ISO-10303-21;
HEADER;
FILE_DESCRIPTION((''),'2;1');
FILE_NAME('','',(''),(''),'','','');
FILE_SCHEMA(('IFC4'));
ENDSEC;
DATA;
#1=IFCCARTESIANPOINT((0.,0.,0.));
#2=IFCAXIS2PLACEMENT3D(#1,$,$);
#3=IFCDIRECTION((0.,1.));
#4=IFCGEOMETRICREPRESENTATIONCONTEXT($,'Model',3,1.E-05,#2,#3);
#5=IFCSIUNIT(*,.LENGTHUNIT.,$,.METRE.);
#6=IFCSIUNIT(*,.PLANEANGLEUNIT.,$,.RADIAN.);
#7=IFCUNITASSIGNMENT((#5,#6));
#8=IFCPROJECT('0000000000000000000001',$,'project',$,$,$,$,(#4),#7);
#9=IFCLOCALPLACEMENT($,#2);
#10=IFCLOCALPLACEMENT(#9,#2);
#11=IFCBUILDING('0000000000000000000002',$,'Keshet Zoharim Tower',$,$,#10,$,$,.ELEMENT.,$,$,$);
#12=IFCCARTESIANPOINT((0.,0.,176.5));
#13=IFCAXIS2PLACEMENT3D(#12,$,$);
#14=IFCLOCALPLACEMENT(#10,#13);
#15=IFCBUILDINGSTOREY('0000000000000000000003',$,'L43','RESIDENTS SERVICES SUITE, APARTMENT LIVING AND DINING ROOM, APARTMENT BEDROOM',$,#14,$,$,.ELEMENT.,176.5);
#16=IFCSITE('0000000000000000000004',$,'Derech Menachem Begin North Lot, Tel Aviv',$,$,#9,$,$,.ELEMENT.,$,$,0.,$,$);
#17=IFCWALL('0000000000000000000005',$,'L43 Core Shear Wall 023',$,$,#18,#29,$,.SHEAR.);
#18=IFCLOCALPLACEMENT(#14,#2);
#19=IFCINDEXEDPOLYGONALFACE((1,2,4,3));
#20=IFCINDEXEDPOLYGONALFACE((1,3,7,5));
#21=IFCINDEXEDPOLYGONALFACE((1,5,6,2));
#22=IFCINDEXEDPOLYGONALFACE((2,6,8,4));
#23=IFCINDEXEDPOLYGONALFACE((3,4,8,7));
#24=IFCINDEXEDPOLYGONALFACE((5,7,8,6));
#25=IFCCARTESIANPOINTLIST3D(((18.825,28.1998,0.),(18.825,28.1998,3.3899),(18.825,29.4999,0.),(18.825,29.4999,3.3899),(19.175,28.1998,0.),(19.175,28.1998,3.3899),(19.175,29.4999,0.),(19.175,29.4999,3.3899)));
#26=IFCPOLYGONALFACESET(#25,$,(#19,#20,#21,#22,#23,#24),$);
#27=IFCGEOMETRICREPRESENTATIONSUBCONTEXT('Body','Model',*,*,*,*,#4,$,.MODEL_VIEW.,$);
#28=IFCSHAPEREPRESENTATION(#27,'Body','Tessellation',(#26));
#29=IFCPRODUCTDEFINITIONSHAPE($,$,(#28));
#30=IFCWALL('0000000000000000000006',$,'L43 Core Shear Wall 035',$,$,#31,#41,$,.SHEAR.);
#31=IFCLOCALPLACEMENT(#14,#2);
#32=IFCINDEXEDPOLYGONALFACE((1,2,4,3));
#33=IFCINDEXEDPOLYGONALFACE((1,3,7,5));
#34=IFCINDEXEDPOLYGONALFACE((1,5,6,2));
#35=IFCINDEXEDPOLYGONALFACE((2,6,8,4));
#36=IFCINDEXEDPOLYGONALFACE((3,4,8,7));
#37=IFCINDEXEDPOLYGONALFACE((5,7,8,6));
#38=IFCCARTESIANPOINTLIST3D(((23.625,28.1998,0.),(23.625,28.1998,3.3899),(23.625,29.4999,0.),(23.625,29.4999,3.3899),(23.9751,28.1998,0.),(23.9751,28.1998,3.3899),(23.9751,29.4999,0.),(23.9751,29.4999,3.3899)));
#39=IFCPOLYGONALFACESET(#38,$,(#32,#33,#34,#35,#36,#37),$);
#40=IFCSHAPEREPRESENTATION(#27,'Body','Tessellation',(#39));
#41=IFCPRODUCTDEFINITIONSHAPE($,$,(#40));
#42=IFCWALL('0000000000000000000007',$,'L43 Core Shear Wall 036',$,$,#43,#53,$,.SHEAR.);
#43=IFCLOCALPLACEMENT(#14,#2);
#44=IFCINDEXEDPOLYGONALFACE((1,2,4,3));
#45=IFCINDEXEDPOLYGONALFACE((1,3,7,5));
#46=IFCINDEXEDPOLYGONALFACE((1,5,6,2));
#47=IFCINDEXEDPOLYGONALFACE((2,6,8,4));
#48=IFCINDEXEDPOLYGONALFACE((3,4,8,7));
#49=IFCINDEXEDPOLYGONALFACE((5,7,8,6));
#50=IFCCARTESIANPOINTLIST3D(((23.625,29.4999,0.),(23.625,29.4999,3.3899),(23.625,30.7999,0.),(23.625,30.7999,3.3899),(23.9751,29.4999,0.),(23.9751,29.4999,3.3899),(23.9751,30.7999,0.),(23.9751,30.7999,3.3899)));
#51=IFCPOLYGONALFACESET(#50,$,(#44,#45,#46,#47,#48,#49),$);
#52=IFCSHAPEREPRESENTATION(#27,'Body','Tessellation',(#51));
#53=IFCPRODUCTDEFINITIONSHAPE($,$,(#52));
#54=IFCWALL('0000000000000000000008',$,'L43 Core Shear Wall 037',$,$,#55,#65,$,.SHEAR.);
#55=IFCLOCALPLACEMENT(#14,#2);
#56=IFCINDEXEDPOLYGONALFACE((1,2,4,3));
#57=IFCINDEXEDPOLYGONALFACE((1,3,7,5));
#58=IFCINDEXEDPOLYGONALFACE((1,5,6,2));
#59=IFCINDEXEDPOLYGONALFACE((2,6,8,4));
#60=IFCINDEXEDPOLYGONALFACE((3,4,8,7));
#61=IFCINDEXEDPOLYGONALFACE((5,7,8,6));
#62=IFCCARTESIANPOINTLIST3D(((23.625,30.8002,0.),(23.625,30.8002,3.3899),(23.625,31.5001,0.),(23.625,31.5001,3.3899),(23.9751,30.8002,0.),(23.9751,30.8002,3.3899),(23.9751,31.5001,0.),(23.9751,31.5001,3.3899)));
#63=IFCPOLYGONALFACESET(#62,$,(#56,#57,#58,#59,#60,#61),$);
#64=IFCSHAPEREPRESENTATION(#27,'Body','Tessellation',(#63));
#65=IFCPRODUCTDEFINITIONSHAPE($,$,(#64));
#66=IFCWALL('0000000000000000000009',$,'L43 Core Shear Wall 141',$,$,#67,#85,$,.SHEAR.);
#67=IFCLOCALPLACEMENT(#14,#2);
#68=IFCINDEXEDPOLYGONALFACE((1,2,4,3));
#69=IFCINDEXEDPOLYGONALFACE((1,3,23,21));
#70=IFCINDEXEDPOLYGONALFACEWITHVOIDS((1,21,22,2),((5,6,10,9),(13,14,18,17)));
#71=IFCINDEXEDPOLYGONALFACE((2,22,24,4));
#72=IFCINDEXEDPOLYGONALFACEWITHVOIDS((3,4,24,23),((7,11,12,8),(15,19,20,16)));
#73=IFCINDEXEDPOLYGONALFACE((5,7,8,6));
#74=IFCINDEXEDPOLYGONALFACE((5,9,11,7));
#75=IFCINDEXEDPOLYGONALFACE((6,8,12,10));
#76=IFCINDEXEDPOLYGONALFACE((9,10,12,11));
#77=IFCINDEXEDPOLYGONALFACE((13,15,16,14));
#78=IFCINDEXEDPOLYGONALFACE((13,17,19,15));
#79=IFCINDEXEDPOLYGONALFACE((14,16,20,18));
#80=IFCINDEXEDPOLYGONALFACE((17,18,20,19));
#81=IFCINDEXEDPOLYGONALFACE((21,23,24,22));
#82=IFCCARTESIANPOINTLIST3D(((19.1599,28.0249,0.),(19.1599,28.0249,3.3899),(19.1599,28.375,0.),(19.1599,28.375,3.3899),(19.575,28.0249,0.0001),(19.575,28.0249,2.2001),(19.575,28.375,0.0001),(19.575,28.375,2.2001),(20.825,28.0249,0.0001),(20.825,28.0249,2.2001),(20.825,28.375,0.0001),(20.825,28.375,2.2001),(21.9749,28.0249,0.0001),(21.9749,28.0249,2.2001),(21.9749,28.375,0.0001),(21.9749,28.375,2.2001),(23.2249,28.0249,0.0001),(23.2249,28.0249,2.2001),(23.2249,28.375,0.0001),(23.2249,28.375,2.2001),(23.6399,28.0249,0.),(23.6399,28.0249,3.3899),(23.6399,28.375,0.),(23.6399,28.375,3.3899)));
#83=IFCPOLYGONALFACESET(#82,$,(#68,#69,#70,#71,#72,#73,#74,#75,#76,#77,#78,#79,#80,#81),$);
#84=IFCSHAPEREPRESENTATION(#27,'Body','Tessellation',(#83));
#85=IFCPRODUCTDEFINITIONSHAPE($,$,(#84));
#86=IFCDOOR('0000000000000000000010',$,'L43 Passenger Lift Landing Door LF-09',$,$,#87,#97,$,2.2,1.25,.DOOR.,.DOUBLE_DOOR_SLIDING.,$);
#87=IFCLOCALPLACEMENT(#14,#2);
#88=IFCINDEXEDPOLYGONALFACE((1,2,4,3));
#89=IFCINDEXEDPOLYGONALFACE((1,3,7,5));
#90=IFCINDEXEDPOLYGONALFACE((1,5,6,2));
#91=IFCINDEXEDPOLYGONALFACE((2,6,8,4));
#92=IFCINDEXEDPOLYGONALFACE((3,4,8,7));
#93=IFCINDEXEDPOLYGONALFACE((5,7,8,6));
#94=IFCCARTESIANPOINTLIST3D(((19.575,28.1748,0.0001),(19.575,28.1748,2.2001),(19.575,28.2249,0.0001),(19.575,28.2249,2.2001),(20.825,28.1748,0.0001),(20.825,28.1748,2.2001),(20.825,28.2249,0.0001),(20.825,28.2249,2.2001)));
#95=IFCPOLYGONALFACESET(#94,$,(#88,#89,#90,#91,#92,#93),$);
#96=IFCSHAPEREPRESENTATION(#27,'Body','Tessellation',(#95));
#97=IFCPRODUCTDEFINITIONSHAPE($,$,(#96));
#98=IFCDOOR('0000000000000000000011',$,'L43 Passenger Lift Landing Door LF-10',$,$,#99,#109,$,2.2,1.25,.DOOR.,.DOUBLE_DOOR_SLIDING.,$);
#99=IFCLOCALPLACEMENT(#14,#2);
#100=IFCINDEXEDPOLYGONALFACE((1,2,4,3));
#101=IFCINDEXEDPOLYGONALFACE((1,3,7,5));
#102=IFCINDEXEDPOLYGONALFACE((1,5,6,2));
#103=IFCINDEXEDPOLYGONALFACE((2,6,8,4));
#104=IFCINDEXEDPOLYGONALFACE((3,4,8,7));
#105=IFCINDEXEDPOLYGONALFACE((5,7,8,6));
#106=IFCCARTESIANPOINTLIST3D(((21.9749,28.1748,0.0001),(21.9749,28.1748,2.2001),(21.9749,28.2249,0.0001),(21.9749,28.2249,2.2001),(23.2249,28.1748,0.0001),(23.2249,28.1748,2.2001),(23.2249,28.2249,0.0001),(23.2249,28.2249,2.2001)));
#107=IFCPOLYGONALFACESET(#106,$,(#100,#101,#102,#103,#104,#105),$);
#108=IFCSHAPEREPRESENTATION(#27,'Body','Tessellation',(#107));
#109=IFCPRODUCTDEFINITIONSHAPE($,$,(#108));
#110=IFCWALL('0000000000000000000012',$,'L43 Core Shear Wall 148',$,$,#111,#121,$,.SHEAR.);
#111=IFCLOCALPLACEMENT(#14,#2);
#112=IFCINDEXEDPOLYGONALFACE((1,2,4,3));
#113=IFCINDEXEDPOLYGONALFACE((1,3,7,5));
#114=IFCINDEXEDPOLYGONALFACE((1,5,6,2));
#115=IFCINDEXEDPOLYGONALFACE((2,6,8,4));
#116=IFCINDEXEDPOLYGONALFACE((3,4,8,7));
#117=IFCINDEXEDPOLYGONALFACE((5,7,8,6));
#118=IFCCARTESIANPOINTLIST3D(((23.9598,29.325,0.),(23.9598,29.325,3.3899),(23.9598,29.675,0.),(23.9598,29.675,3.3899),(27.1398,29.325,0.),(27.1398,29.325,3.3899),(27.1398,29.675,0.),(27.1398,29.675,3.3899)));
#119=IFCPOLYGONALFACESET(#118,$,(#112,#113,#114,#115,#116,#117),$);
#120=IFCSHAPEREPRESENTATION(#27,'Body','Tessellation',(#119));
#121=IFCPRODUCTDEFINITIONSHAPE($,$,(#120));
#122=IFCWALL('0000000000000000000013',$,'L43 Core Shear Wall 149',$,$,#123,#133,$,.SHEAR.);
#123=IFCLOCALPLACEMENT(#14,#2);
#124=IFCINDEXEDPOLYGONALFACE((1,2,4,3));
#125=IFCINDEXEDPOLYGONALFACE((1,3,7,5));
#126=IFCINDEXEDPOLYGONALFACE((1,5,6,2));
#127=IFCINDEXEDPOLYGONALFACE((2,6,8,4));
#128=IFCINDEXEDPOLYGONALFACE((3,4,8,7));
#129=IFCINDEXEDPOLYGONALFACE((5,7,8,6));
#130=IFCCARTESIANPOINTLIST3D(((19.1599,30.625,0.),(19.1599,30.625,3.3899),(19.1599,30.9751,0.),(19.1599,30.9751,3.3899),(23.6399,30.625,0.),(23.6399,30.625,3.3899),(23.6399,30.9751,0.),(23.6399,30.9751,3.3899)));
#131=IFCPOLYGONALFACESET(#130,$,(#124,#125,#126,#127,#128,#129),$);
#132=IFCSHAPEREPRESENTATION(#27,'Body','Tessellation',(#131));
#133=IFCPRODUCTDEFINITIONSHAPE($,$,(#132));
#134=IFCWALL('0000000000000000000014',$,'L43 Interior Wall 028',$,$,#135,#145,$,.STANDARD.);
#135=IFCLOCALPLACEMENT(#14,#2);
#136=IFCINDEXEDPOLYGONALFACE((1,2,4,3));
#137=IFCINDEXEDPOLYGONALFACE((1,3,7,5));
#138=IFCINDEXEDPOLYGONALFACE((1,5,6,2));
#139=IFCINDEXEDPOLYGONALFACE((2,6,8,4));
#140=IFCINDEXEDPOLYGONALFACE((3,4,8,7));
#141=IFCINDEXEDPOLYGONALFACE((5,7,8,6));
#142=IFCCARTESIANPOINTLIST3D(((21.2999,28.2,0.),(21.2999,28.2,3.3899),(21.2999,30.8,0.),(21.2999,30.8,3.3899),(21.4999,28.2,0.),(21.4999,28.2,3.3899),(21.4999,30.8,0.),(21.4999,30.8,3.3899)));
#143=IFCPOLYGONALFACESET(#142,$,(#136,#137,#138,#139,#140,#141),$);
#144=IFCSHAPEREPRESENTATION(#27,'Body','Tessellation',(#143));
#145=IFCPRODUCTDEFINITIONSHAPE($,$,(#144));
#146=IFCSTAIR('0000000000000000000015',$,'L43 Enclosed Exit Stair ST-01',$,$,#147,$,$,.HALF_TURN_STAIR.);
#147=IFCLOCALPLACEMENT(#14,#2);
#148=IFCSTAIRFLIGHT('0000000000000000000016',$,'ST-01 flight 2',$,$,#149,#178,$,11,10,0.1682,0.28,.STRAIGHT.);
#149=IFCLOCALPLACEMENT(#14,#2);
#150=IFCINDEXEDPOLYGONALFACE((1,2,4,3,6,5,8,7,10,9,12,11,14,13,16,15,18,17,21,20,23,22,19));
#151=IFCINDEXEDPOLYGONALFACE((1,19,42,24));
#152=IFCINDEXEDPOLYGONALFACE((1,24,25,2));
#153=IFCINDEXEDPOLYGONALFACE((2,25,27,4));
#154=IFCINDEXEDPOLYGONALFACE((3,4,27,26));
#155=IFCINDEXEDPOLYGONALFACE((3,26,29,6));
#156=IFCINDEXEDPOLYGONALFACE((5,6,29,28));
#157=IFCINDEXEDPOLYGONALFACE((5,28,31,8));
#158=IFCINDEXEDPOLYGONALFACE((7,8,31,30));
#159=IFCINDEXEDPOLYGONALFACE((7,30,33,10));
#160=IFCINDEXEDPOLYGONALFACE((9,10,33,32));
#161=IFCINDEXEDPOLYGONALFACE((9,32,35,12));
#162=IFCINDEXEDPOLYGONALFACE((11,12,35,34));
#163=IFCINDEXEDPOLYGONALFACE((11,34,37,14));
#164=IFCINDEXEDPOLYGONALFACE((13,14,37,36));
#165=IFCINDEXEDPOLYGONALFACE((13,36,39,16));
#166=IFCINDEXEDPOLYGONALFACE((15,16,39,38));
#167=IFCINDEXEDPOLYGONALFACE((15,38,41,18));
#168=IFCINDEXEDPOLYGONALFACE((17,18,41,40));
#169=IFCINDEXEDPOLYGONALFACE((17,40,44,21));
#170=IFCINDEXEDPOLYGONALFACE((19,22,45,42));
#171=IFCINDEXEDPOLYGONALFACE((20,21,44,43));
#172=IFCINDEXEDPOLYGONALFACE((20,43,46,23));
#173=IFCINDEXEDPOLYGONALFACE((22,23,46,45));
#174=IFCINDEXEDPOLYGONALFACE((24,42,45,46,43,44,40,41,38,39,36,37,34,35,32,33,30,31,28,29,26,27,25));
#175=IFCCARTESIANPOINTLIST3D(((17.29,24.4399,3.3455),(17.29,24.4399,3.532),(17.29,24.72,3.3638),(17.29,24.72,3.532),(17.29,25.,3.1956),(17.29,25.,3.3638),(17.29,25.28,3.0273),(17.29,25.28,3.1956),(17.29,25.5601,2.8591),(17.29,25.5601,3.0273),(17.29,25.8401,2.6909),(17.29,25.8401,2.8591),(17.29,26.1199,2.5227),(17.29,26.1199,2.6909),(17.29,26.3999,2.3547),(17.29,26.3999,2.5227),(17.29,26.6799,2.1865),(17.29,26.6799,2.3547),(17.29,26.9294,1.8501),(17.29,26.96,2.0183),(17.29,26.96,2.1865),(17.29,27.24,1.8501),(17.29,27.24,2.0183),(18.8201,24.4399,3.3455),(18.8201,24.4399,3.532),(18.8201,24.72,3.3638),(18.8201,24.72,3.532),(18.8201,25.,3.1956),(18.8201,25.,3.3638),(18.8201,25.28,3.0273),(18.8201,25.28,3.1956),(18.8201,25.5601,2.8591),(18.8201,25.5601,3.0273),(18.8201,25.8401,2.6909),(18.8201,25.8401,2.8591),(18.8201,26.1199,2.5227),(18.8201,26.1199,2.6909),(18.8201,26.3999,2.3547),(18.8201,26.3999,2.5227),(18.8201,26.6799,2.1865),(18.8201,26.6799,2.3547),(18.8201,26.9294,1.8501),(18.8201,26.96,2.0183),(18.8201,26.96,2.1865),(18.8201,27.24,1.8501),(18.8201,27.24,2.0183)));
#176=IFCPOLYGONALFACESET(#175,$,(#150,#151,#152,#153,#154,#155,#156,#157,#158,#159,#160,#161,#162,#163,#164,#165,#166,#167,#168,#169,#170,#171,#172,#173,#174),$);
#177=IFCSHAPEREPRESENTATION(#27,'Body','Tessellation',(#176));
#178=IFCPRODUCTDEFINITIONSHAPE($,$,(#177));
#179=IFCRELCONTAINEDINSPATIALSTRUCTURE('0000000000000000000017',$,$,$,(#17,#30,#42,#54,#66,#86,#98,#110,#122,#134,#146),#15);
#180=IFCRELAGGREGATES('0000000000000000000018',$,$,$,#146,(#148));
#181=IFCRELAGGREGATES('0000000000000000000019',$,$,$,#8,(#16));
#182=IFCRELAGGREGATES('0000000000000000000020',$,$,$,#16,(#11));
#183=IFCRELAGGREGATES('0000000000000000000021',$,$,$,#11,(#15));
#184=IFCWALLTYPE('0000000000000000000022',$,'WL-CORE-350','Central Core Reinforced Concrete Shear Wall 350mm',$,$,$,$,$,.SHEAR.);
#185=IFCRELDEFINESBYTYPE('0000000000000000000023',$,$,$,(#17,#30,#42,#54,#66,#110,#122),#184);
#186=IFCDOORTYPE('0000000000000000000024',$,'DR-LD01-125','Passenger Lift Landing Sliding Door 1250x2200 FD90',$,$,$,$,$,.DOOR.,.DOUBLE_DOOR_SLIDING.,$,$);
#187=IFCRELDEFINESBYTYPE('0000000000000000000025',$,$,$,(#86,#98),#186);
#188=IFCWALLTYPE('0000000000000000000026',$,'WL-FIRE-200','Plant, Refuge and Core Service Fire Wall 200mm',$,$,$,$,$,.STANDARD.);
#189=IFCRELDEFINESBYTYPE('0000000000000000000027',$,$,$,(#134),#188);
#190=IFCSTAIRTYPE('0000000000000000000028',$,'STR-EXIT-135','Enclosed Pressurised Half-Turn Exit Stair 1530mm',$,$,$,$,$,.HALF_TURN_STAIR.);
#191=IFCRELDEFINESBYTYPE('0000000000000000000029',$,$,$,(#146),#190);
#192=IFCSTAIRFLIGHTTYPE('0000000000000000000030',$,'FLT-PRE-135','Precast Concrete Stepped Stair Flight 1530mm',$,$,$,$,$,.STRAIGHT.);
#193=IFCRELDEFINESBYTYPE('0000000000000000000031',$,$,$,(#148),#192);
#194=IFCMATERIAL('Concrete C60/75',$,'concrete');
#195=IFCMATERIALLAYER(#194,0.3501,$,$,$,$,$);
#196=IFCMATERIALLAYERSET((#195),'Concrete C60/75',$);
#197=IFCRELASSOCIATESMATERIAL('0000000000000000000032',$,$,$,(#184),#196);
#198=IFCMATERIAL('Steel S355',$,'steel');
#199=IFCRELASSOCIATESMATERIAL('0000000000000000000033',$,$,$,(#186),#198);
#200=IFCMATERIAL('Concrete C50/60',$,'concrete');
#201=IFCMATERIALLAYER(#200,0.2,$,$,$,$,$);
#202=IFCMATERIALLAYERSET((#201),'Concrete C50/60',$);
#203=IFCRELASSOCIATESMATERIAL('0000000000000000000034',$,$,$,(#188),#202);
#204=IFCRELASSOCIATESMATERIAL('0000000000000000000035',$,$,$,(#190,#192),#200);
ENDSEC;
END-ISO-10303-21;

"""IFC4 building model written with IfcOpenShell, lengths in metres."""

from ifc_helpers import new_model, si_unit, direction, frame, frame_2d, origin, place, context, subcontext, project, spatial, polyline, rectangle, outline, extrude, material, layer, layer_set, type_object, element, fill, aggregate, save


model = new_model("IFC4")

# Units and contexts
model_context = context("Model", 3, precision=1e-05, world=origin(), true_north=direction((0.0, 1.0)))
body_context = subcontext(model_context, "Body", "Model", "MODEL_VIEW")
ifc_project = project(units=[si_unit("LENGTHUNIT", "METRE"), si_unit("PLANEANGLEUNIT", "RADIAN")], contexts=[model_context])

# Site, building, storey
site_placement = place(None, origin())
site = spatial("IfcSite", under=ifc_project, at=site_placement, Name="Derech Menachem Begin North Lot, Tel Aviv", CompositionType="ELEMENT", RefElevation=0.0)
building_placement = place(site_placement, origin())
building = spatial("IfcBuilding", under=site, at=building_placement, Name="Keshet Zoharim Tower", CompositionType="ELEMENT")
storey_placement = place(building_placement, frame((0.0, 0.0, 176.5)))
storey = spatial("IfcBuildingStorey", under=building, at=storey_placement, Name="L43", Description="RESIDENTS SERVICES SUITE, APARTMENT LIVING AND DINING ROOM, APARTMENT BEDROOM", CompositionType="ELEMENT", Elevation=176.5)

# Wall
ifc_material_1 = material(Name="Concrete C60/75", Category="concrete")
ifc_layer_1 = layer(ifc_material_1, 0.3501)
ifc_layer_set_1 = layer_set([ifc_layer_1], Name="Concrete C60/75")
wall_type_1 = type_object("IfcWallType", Name="WL-CORE-350", Description="Central Core Reinforced Concrete Shear Wall 350mm", PredefinedType="SHEAR", material=ifc_layer_set_1)
wall_1_placement = place(storey_placement, frame((19.0, 28.2, 0.0), z_axis=(0.0, 0.0, 1.0), x_axis=(0.0, 1.0, 0.0)))
element("IfcWall", 1, at=wall_1_placement, inside=storey, type_object=wall_type_1, Name="L43 Core Shear Wall 023", PredefinedType="SHEAR", context=body_context, shape_type="SweptSolid", body=[
    extrude(rectangle(XDim=1.3, YDim=0.3501, at=frame_2d((0.6499, 0.0))), origin(), (0.0, 0.0, 1.0), 3.3899),
])

# Walls
for number, where, z_axis, x_axis, name in (
    (2, (23.8, 28.2, 0.0), (0.0, 0.0, 1.0), (0.0, 1.0, 0.0), "L43 Core Shear Wall 035"),
    (3, (23.8, 29.5, 0.0), (0.0, 0.0, 1.0), (0.0, 1.0, 0.0), "L43 Core Shear Wall 036"),
):
    element("IfcWall", number, at=place(storey_placement, frame(where, z_axis=z_axis, x_axis=x_axis)), inside=storey, type_object=wall_type_1, Name=name, PredefinedType="SHEAR", context=body_context, shape_type="SweptSolid", body=[
        extrude(rectangle(XDim=1.3, YDim=0.3501, at=frame_2d((0.6499, 0.0))), origin(), (0.0, 0.0, 1.0), 3.3899),
    ])
wall_2_placement = place(storey_placement, frame((23.8, 30.8, 0.0), z_axis=(0.0, 0.0, 1.0), x_axis=(0.0, 1.0, 0.0)))
element("IfcWall", 4, at=wall_2_placement, inside=storey, type_object=wall_type_1, Name="L43 Core Shear Wall 037", PredefinedType="SHEAR", context=body_context, shape_type="SweptSolid", body=[
    extrude(rectangle(XDim=0.7, YDim=0.3501, at=frame_2d((0.3501, 0.0))), origin(), (0.0, 0.0, 1.0), 3.3899),
])

# Wall, openings, doors
wall_3_placement = place(storey_placement, frame((19.1599, 28.2, 0.0), z_axis=(0.0, 0.0, 1.0), x_axis=(1.0, 0.0, 0.0)))
wall_3 = element("IfcWall", 5, at=wall_3_placement, inside=storey, type_object=wall_type_1, Name="L43 Core Shear Wall 141", PredefinedType="SHEAR", context=body_context, shape_type="SweptSolid", body=[
    extrude(rectangle(XDim=4.48, YDim=0.3501, at=frame_2d((2.24, 0.0))), origin(), (0.0, 0.0, 1.0), 3.3899),
])
opening_1_placement = place(wall_3_placement, frame((0.415, 0.0, 0.0)))
opening_1 = element("IfcOpeningElement", 6, at=opening_1_placement, cuts=wall_3, PredefinedType="OPENING", context=body_context, shape_type="SweptSolid", body=[
    extrude(rectangle(XDim=1.25, YDim=2.2, at=frame_2d((0.625, 1.1001))), frame((0.0, 0.1851, 0.0), z_axis=(0.0, -1.0, 0.0), x_axis=(1.0, 0.0, 0.0)), (0.0, 0.0, 1.0), 0.3701),
])
opening_2_placement = place(wall_3_placement, frame((2.8149, 0.0, 0.0)))
opening_2 = element("IfcOpeningElement", 7, at=opening_2_placement, cuts=wall_3, PredefinedType="OPENING", context=body_context, shape_type="SweptSolid", body=[
    extrude(rectangle(XDim=1.25, YDim=2.2, at=frame_2d((0.625, 1.1001))), frame((0.0, 0.1851, 0.0), z_axis=(0.0, -1.0, 0.0), x_axis=(1.0, 0.0, 0.0)), (0.0, 0.0, 1.0), 0.3701),
])
ifc_material_2 = material(Name="Steel S355", Category="steel")
door_type_1 = type_object("IfcDoorType", Name="DR-LD01-125", Description="Passenger Lift Landing Sliding Door 1250x2200 FD90", OperationType="DOUBLE_DOOR_SLIDING", PredefinedType="DOOR", material=ifc_material_2)
door_1_placement = place(opening_1_placement, origin())
door_1 = element("IfcDoor", 8, at=door_1_placement, inside=storey, type_object=door_type_1, Name="L43 Passenger Lift Landing Door LF-09", OperationType="DOUBLE_DOOR_SLIDING", OverallHeight=2.2, OverallWidth=1.25, PredefinedType="DOOR", context=body_context, shape_type="SweptSolid", body=[
    extrude(rectangle(XDim=1.25, YDim=2.2, at=frame_2d((0.625, 1.1001))), frame((0.0, 0.0249, 0.0), z_axis=(0.0, -1.0, 0.0), x_axis=(1.0, 0.0, 0.0)), (0.0, 0.0, 1.0), 0.05),
])
fill(opening_1, door_1)
door_2_placement = place(opening_2_placement, origin())
door_2 = element("IfcDoor", 9, at=door_2_placement, inside=storey, type_object=door_type_1, Name="L43 Passenger Lift Landing Door LF-10", OperationType="DOUBLE_DOOR_SLIDING", OverallHeight=2.2, OverallWidth=1.25, PredefinedType="DOOR", context=body_context, shape_type="SweptSolid", body=[
    extrude(rectangle(XDim=1.25, YDim=2.2, at=frame_2d((0.625, 1.1001))), frame((0.0, 0.0249, 0.0), z_axis=(0.0, -1.0, 0.0), x_axis=(1.0, 0.0, 0.0)), (0.0, 0.0, 1.0), 0.05),
])
fill(opening_2, door_2)

# Walls
wall_4_placement = place(storey_placement, frame((23.96, 29.5, 0.0), z_axis=(0.0, 0.0, 1.0), x_axis=(1.0, 0.0, 0.0)))
element("IfcWall", 10, at=wall_4_placement, inside=storey, type_object=wall_type_1, Name="L43 Core Shear Wall 148", PredefinedType="SHEAR", context=body_context, shape_type="SweptSolid", body=[
    extrude(rectangle(XDim=3.1799, YDim=0.3501, at=frame_2d((1.5898, 0.0))), origin(), (0.0, 0.0, 1.0), 3.3899),
])
wall_5_placement = place(storey_placement, frame((19.1599, 30.8, 0.0), z_axis=(0.0, 0.0, 1.0), x_axis=(1.0, 0.0, 0.0)))
element("IfcWall", 11, at=wall_5_placement, inside=storey, type_object=wall_type_1, Name="L43 Core Shear Wall 149", PredefinedType="SHEAR", context=body_context, shape_type="SweptSolid", body=[
    extrude(rectangle(XDim=4.48, YDim=0.3501, at=frame_2d((2.24, 0.0))), origin(), (0.0, 0.0, 1.0), 3.3899),
])
ifc_material_3 = material(Name="Concrete C50/60", Category="concrete")
ifc_layer_2 = layer(ifc_material_3, 0.2)
ifc_layer_set_2 = layer_set([ifc_layer_2], Name="Concrete C50/60")
wall_type_2 = type_object("IfcWallType", Name="WL-FIRE-200", Description="Plant, Refuge and Core Service Fire Wall 200mm", PredefinedType="STANDARD", material=ifc_layer_set_2)
wall_6_placement = place(storey_placement, frame((21.3999, 28.2, 0.0), z_axis=(0.0, 0.0, 1.0), x_axis=(0.0, 1.0, 0.0)))
element("IfcWall", 12, at=wall_6_placement, inside=storey, type_object=wall_type_2, Name="L43 Interior Wall 028", PredefinedType="STANDARD", context=body_context, shape_type="SweptSolid", body=[
    extrude(rectangle(XDim=2.6001, YDim=0.2, at=frame_2d((1.3, 0.0))), origin(), (0.0, 0.0, 1.0), 3.3899),
])

# Stair, stair flight
stair_type = type_object("IfcStairType", Name="STR-EXIT-135", Description="Enclosed Pressurised Half-Turn Exit Stair 1530mm", PredefinedType="HALF_TURN_STAIR", material=ifc_material_3)
stair_1_placement = place(storey_placement, origin())
stair_1 = element("IfcStair", 13, at=stair_1_placement, inside=storey, type_object=stair_type, Name="L43 Enclosed Exit Stair ST-01", PredefinedType="HALF_TURN_STAIR")
stair_flight_type_1 = type_object("IfcStairFlightType", Name="FLT-PRE-135", Description="Precast Concrete Stepped Stair Flight 1530mm", PredefinedType="STRAIGHT", material=ifc_material_3)
stair_flight_1_placement = place(storey_placement, frame((18.0549, 27.24, 1.8501), z_axis=(0.0, 0.0, 1.0), x_axis=(0.0, -1.0, 0.0)))
stair_flight_1 = element("IfcStairFlight", 14, at=stair_flight_1_placement, type_object=stair_flight_type_1, Name="ST-01 flight 2", NumberOfRisers=11, NumberOfTreads=10, PredefinedType="STRAIGHT", RiserHeight=0.1682, TreadLength=0.28, context=body_context, shape_type="SweptSolid", body=[
    extrude(outline(polyline([(0.0, 0.0), (0.0, 0.1682), (0.28, 0.1682), (0.28, 0.3364), (0.5601, 0.3364), (0.5601, 0.5046), (0.8401, 0.5046), (0.8401, 0.6726), (1.1201, 0.6726), (1.1201, 0.8408), (1.3999, 0.8408), (1.3999, 1.009), (1.6799, 1.009), (1.6799, 1.1772), (1.96, 1.1772), (1.96, 1.3455), (2.24, 1.3455), (2.24, 1.5137), (2.52, 1.5137), (2.52, 1.6819), (2.8, 1.6819), (2.8, 1.8501), (2.8, 1.4954), (0.3105, 0.0), (0.0, 0.0)])), frame((0.0, 0.7651, 0.0), z_axis=(0.0, -1.0, 0.0), x_axis=(1.0, 0.0, 0.0)), (0.0, 0.0, 1.0), 1.53),
])
aggregate(stair_1, [stair_flight_1])

save(model, "model.ifc")
